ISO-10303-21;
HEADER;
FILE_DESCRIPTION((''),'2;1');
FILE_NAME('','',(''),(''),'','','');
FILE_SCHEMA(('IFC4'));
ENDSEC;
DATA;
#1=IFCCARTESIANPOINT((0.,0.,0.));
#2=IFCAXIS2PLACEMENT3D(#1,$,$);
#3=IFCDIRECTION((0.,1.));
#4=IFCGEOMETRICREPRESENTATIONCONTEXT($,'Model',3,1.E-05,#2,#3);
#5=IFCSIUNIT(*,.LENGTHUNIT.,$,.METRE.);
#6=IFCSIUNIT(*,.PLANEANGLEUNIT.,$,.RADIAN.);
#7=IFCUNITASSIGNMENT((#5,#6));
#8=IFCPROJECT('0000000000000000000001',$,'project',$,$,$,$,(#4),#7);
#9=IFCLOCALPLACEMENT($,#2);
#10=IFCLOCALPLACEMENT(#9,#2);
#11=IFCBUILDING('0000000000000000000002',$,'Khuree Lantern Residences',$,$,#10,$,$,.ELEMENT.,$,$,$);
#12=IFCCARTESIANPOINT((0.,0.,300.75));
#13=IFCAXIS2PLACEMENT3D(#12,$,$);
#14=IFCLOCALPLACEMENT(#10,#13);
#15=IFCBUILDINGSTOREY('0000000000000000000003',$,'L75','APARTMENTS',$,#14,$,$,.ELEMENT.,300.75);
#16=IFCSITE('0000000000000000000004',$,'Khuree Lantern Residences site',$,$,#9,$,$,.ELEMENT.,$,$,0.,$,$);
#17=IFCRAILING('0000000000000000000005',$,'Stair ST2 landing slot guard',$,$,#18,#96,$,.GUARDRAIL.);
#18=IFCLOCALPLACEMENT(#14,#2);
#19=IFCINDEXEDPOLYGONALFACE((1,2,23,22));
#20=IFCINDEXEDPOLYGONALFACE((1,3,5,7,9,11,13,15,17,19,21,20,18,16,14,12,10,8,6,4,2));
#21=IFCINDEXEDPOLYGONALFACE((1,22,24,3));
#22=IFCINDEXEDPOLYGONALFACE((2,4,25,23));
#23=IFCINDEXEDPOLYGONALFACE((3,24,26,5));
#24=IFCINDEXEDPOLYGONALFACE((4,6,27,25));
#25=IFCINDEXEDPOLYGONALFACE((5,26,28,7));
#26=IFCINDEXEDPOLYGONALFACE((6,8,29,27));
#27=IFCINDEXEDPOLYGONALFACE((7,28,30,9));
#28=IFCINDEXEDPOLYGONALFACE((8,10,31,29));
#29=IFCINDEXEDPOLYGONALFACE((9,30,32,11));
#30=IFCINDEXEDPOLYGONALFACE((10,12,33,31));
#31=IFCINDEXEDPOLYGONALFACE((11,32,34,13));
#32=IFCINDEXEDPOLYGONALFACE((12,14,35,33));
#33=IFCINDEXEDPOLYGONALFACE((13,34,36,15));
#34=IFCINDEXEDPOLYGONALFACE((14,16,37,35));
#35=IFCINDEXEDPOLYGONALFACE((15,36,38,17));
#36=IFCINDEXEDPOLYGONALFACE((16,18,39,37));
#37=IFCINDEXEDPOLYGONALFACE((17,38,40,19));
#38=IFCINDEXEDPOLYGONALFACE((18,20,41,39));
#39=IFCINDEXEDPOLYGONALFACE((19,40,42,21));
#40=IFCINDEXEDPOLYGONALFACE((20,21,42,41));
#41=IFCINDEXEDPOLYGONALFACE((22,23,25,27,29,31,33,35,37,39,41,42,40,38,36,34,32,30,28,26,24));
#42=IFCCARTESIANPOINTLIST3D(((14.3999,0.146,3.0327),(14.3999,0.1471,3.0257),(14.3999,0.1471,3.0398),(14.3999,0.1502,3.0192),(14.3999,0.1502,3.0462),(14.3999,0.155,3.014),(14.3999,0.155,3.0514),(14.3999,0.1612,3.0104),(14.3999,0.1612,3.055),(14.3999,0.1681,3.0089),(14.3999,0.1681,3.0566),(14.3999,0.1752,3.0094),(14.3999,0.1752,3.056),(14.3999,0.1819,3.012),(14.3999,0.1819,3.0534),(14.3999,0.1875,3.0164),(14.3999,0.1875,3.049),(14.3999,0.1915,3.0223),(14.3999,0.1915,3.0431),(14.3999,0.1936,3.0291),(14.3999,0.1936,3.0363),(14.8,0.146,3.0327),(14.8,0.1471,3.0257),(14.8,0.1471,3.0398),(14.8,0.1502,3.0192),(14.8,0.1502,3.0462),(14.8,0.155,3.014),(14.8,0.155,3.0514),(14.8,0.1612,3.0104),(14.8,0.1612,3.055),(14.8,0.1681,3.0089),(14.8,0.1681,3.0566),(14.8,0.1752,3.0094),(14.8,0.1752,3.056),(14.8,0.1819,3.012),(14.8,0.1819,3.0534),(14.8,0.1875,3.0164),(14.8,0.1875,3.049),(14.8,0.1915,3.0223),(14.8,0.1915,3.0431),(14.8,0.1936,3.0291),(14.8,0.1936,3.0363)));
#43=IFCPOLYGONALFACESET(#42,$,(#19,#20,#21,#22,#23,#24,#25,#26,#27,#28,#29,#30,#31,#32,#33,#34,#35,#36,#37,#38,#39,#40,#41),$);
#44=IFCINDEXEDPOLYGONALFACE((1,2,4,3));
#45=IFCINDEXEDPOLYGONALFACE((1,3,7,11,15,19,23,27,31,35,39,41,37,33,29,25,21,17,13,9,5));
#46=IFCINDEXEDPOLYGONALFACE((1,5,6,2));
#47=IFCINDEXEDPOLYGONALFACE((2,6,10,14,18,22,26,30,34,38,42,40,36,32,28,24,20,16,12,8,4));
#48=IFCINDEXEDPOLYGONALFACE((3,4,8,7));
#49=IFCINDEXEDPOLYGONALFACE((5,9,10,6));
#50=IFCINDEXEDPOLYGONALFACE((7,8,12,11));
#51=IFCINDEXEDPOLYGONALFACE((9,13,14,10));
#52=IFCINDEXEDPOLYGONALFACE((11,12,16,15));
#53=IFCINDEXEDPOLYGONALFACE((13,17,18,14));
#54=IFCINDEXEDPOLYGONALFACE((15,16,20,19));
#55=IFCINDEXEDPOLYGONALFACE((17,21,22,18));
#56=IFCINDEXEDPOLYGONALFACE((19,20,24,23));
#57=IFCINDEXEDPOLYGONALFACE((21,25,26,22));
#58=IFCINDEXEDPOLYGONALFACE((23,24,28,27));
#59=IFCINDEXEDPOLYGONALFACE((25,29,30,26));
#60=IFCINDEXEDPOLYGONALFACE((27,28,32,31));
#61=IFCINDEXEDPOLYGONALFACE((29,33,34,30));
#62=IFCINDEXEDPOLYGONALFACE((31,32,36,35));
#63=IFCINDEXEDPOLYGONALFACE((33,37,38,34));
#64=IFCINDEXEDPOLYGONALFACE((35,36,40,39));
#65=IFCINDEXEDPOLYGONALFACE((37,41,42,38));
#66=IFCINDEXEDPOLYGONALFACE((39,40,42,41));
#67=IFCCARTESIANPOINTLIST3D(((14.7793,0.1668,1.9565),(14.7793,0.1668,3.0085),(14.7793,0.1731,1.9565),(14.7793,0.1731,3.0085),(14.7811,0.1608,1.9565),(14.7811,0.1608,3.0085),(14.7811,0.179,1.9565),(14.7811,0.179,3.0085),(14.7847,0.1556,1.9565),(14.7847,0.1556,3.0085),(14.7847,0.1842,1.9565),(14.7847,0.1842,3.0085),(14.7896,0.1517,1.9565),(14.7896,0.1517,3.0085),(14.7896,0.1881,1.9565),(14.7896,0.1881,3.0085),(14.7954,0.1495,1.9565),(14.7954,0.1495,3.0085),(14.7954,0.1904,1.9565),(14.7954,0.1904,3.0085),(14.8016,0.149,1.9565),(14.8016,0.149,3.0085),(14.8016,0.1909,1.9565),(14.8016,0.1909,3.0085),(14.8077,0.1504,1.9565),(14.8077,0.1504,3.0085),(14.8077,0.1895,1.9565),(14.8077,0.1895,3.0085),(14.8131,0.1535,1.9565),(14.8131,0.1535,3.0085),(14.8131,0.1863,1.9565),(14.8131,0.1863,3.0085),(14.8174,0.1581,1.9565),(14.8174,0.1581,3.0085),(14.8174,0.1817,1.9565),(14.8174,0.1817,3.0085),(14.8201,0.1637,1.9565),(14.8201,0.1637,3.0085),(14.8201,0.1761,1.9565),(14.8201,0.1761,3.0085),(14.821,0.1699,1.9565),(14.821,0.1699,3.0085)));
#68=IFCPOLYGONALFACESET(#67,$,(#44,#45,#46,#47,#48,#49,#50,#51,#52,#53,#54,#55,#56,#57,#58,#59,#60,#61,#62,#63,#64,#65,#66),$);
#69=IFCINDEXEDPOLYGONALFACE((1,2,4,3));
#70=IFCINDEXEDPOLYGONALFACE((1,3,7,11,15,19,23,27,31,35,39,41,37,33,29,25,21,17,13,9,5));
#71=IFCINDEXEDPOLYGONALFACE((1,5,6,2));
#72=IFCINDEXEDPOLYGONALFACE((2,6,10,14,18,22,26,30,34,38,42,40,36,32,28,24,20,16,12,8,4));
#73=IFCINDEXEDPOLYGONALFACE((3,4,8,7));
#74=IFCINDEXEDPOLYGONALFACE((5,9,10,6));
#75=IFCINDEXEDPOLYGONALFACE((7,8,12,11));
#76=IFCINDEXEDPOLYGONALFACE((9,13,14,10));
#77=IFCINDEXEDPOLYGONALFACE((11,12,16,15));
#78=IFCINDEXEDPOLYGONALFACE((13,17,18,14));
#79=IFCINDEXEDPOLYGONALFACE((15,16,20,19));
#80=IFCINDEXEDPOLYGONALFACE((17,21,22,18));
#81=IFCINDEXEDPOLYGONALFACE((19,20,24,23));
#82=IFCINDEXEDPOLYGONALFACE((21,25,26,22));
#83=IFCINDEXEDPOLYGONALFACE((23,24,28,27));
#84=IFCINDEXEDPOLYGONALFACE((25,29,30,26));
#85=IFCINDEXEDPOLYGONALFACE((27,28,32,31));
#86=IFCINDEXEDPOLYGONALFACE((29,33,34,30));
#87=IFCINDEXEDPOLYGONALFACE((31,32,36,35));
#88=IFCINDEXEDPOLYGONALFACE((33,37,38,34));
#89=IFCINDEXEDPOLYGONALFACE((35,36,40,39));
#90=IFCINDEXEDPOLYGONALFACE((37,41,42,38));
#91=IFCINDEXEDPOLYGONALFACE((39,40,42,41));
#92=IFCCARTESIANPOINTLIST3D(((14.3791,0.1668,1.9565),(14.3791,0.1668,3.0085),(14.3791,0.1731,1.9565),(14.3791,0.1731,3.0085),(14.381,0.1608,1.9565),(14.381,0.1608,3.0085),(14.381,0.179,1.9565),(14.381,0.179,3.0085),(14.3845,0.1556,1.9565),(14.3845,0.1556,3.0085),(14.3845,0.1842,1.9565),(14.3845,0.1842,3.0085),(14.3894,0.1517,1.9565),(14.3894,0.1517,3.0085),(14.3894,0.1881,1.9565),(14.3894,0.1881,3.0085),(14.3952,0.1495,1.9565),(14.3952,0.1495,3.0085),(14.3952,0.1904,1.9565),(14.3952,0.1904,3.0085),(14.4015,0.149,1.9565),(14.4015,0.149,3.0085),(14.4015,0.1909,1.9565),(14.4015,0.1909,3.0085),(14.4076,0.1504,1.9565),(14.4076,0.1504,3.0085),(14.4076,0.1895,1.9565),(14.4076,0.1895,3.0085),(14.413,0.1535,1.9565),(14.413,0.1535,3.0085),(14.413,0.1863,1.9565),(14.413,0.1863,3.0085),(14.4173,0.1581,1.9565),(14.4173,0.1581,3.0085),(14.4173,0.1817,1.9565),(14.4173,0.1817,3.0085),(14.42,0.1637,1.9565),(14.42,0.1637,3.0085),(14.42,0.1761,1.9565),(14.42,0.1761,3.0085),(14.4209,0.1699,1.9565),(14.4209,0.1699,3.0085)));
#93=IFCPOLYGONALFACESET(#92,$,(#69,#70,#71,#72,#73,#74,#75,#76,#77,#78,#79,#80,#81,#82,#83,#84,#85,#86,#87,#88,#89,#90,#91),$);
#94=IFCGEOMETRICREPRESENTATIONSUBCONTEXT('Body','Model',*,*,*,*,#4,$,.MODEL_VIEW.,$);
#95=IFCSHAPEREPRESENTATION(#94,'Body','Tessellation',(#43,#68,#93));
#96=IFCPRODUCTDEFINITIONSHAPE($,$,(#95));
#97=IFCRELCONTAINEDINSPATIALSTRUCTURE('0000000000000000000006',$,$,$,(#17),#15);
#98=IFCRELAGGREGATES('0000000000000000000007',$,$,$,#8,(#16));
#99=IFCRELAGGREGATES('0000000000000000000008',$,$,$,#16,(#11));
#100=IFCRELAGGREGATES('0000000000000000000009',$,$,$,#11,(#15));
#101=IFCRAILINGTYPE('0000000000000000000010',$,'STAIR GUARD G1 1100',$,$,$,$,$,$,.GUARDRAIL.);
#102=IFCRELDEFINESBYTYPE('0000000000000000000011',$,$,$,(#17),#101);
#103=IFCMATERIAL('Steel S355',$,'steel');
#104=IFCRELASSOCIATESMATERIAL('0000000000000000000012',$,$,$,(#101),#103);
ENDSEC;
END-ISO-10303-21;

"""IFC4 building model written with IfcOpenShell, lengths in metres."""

from ifc_helpers import new_model, si_unit, direction, frame, origin, origin_2d, place, context, subcontext, project, spatial, circle, extrude, material, type_object, element, save


model = new_model("IFC4")

# Units and contexts
model_context = context("Model", 3, precision=1e-05, world=origin(), true_north=direction((0.0, 1.0)))
body_context = subcontext(model_context, "Body", "Model", "MODEL_VIEW")
ifc_project = project(units=[si_unit("LENGTHUNIT", "METRE"), si_unit("PLANEANGLEUNIT", "RADIAN")], contexts=[model_context])

# Site, building, storey
site_placement = place(None, origin())
site = spatial("IfcSite", under=ifc_project, at=site_placement, Name="Khuree Lantern Residences site", CompositionType="ELEMENT", RefElevation=0.0)
building_placement = place(site_placement, origin())
building = spatial("IfcBuilding", under=site, at=building_placement, Name="Khuree Lantern Residences", CompositionType="ELEMENT")
storey_placement = place(building_placement, frame((0.0, 0.0, 300.75)))
storey = spatial("IfcBuildingStorey", under=building, at=storey_placement, Name="L75", Description="APARTMENTS", CompositionType="ELEMENT", Elevation=300.75)

# Railing
ifc_material_1 = material(Name="Steel S355", Category="steel")
railing_type = type_object("IfcRailingType", Name="STAIR GUARD G1 1100", PredefinedType="GUARDRAIL", material=ifc_material_1)
railing_placement = place(storey_placement, frame((14.8, 0.1699, 1.9565)))
element("IfcRailing", 1, at=railing_placement, inside=storey, type_object=railing_type, Name="Stair ST2 landing slot guard", PredefinedType="GUARDRAIL", context=body_context, shape_type="SweptSolid", body=[
    extrude(circle(Radius=0.0239, at=origin_2d()), frame((0.0, 0.0, 1.0762), z_axis=(-1.0, 0.0, 0.0), x_axis=(0.0, -1.0, 0.0)), (0.0, 0.0, 1.0), 0.4001),
    extrude(circle(Radius=0.021, at=origin_2d()), origin(), (0.0, 0.0, 1.0), 1.052),
    extrude(circle(Radius=0.021, at=origin_2d()), frame((-0.4001, 0.0, 0.0)), (0.0, 0.0, 1.0), 1.052),
])

save(model, "model.ifc")
